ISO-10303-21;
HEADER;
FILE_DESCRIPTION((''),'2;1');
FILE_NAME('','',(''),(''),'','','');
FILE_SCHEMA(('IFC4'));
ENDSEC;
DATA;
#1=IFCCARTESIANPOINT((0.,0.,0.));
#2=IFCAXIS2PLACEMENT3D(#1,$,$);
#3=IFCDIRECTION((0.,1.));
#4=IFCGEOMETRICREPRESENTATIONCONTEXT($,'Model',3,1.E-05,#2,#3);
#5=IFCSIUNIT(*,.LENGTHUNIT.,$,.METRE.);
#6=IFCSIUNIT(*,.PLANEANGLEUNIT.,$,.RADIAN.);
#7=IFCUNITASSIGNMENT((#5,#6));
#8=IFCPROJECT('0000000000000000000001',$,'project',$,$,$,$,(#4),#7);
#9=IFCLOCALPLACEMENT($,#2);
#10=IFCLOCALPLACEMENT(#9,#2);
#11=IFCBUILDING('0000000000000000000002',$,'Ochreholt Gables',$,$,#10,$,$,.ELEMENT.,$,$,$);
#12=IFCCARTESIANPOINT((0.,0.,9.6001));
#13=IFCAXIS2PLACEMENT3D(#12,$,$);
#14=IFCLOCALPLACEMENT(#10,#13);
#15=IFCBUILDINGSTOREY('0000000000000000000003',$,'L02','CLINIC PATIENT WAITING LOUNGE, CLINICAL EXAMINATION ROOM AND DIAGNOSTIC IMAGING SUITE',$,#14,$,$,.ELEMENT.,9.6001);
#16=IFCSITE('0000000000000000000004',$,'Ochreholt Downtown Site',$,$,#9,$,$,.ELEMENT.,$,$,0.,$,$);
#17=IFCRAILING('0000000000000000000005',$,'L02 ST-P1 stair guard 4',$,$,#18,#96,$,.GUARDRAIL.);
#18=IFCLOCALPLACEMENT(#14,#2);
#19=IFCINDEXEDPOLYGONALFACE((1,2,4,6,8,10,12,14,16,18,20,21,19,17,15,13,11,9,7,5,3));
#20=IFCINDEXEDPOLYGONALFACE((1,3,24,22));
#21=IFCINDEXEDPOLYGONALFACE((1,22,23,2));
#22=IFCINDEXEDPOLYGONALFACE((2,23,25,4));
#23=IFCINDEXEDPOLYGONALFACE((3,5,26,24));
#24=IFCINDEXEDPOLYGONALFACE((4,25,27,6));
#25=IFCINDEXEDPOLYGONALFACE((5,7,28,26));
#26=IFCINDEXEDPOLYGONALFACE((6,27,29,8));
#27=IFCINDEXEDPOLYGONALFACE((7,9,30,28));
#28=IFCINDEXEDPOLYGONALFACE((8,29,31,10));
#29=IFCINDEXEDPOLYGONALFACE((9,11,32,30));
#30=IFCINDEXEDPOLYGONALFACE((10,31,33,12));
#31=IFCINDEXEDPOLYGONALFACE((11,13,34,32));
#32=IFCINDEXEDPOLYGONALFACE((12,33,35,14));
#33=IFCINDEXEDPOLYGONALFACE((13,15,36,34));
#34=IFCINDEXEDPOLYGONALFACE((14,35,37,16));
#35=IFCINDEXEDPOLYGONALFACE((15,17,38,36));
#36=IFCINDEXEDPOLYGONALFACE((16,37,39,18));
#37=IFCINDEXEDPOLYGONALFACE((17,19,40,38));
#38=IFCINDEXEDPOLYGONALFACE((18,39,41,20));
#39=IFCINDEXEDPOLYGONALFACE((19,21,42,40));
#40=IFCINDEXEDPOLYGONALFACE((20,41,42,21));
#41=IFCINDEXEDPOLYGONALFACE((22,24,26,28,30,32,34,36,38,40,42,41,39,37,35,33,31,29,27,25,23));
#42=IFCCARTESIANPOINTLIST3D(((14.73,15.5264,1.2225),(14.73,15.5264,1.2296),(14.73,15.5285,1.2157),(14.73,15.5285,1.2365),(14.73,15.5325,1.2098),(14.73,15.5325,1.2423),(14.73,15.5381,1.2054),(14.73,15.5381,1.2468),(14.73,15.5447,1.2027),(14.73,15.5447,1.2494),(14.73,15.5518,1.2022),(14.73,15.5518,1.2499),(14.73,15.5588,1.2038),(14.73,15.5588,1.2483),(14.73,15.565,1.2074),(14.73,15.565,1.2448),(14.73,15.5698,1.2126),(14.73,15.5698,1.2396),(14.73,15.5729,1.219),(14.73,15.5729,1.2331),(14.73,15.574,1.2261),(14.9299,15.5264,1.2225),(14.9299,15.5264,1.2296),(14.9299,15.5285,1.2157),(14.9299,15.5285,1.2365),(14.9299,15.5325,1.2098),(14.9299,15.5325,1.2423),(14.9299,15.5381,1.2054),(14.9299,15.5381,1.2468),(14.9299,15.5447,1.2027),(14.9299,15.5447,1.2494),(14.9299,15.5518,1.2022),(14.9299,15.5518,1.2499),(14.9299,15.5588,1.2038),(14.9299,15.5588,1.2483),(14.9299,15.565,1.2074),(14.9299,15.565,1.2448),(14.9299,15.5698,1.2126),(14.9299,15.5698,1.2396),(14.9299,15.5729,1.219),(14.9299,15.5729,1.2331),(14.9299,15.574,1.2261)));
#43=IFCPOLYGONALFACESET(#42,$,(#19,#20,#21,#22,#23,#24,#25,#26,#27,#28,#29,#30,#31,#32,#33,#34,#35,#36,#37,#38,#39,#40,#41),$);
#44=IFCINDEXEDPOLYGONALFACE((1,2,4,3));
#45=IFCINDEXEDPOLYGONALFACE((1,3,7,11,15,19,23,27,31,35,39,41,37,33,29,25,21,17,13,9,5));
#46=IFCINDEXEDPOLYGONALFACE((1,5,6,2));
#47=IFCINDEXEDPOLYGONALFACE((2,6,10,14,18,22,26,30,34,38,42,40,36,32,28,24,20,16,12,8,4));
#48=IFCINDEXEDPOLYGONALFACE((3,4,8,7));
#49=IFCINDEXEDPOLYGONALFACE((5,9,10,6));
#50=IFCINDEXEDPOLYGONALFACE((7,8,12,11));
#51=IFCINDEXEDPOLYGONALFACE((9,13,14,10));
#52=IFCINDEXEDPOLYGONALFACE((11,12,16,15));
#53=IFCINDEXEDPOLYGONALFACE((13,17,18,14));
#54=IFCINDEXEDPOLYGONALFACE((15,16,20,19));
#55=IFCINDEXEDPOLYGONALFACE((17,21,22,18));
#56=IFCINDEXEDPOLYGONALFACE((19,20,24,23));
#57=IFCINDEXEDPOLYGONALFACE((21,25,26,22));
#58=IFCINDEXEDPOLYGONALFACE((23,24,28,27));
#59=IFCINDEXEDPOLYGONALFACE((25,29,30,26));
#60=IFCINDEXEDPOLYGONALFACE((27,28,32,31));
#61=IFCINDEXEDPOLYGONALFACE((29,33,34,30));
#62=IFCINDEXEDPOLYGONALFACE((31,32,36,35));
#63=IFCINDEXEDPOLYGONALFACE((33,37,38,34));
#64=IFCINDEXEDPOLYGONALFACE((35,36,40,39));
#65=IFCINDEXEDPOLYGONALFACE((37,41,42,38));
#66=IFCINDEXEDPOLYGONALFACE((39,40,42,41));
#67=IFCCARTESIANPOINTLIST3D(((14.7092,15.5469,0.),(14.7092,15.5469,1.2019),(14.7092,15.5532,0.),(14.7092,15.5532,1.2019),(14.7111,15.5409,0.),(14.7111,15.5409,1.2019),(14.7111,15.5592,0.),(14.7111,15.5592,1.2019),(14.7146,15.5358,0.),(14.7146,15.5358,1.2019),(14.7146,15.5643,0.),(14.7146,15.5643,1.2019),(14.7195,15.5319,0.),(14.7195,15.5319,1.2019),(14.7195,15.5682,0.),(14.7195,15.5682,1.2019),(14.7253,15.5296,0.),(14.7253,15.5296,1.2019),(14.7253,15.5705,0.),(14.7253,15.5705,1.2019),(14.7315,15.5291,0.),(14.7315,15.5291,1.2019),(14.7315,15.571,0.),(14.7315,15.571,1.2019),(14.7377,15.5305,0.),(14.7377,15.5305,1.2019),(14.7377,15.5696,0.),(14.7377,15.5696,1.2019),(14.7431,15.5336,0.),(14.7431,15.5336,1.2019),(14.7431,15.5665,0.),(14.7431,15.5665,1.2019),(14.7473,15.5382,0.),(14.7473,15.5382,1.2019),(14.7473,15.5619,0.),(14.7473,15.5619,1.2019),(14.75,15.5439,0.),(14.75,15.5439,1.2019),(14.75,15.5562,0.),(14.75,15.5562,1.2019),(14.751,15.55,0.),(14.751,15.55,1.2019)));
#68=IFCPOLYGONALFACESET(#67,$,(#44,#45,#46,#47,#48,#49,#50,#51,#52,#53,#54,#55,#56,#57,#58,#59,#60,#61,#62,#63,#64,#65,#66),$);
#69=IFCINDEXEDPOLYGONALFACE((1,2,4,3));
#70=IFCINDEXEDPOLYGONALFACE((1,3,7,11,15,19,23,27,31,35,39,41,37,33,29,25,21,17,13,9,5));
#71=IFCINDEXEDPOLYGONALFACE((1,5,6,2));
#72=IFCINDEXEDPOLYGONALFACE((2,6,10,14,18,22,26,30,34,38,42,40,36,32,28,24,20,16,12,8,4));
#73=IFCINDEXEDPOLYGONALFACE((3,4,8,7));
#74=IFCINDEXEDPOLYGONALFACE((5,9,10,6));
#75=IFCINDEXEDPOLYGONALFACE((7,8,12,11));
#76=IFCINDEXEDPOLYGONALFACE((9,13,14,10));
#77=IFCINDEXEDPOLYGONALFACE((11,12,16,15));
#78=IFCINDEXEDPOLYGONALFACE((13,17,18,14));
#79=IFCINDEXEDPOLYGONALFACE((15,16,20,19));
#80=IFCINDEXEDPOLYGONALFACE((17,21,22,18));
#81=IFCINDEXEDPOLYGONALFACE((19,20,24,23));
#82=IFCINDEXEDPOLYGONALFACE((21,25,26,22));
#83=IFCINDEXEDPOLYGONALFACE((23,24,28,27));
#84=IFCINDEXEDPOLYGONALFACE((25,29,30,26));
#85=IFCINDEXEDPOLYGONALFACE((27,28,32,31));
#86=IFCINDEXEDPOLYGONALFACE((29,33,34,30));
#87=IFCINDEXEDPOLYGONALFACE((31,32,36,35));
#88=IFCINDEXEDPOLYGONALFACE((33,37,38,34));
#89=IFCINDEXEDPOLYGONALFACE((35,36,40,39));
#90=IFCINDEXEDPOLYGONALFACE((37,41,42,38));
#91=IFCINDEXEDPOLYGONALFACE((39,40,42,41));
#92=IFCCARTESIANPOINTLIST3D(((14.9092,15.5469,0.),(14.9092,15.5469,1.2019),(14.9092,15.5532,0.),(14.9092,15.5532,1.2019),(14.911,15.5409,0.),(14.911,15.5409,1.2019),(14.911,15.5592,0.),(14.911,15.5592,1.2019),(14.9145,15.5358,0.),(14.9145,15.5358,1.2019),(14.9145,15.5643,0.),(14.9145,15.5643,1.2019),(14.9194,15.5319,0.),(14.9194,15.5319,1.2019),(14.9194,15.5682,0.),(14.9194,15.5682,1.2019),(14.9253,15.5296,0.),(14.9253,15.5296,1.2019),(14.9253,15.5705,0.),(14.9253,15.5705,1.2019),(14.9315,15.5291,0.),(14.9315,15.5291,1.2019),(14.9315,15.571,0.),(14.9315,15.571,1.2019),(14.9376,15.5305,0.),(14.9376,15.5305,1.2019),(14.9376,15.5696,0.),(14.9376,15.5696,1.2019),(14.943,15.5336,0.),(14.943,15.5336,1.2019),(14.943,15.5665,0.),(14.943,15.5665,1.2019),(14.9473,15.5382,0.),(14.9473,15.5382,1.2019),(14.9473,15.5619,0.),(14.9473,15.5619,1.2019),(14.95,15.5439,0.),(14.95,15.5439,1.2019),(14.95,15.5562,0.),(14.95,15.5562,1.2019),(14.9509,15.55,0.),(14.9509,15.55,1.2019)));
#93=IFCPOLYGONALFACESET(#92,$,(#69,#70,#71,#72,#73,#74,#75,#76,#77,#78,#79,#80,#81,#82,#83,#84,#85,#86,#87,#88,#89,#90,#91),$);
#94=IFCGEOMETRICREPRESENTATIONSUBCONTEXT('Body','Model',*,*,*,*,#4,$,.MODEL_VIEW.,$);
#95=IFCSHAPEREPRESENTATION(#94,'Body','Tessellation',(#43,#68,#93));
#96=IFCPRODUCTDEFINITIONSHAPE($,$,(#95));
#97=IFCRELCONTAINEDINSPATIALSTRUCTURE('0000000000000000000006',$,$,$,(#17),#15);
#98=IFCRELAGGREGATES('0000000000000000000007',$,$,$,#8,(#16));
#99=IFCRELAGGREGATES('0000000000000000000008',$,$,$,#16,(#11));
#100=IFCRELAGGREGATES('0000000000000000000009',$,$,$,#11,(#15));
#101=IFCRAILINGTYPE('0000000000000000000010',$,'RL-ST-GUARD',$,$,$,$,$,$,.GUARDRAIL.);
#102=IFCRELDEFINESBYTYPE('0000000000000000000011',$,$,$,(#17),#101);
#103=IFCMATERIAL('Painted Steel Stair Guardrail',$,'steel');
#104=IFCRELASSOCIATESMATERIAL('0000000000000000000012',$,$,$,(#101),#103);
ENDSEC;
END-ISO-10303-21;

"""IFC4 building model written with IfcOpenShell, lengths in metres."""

from ifc_helpers import new_model, si_unit, direction, frame, origin, origin_2d, place, context, subcontext, project, spatial, circle, extrude, material, type_object, element, save


model = new_model("IFC4")

# Units and contexts
model_context = context("Model", 3, precision=1e-05, world=origin(), true_north=direction((0.0, 1.0)))
body_context = subcontext(model_context, "Body", "Model", "MODEL_VIEW")
ifc_project = project(units=[si_unit("LENGTHUNIT", "METRE"), si_unit("PLANEANGLEUNIT", "RADIAN")], contexts=[model_context])

# Site, building, storey
site_placement = place(None, origin())
site = spatial("IfcSite", under=ifc_project, at=site_placement, Name="Ochreholt Downtown Site", CompositionType="ELEMENT", RefElevation=0.0)
building_placement = place(site_placement, origin())
building = spatial("IfcBuilding", under=site, at=building_placement, Name="Ochreholt Gables", CompositionType="ELEMENT")
storey_placement = place(building_placement, frame((0.0, 0.0, 9.6001)))
storey = spatial("IfcBuildingStorey", under=building, at=storey_placement, Name="L02", Description="CLINIC PATIENT WAITING LOUNGE, CLINICAL EXAMINATION ROOM AND DIAGNOSTIC IMAGING SUITE", CompositionType="ELEMENT", Elevation=9.6001)

# Railing
ifc_material_1 = material(Name="Painted Steel Stair Guardrail", Category="steel")
railing_type_1 = type_object("IfcRailingType", Name="RL-ST-GUARD", PredefinedType="GUARDRAIL", material=ifc_material_1)
railing_1_placement = place(storey_placement, frame((14.73, 15.55, 0.0)))
element("IfcRailing", 1, at=railing_1_placement, inside=storey, type_object=railing_type_1, Name="L02 ST-P1 stair guard 4", PredefinedType="GUARDRAIL", context=body_context, shape_type="SweptSolid", body=[
    extrude(circle(Radius=0.0239, at=origin_2d()), frame((0.0, 0.0, 1.2261), z_axis=(1.0, 0.0, 0.0), x_axis=(0.0, 1.0, 0.0)), (0.0, 0.0, 1.0), 0.2),
    extrude(circle(Radius=0.021, at=origin_2d()), origin(), (0.0, 0.0, 1.0), 1.2019),
    extrude(circle(Radius=0.021, at=origin_2d()), frame((0.2, 0.0, 0.0)), (0.0, 0.0, 1.0), 1.2019),
])

save(model, "model.ifc")
